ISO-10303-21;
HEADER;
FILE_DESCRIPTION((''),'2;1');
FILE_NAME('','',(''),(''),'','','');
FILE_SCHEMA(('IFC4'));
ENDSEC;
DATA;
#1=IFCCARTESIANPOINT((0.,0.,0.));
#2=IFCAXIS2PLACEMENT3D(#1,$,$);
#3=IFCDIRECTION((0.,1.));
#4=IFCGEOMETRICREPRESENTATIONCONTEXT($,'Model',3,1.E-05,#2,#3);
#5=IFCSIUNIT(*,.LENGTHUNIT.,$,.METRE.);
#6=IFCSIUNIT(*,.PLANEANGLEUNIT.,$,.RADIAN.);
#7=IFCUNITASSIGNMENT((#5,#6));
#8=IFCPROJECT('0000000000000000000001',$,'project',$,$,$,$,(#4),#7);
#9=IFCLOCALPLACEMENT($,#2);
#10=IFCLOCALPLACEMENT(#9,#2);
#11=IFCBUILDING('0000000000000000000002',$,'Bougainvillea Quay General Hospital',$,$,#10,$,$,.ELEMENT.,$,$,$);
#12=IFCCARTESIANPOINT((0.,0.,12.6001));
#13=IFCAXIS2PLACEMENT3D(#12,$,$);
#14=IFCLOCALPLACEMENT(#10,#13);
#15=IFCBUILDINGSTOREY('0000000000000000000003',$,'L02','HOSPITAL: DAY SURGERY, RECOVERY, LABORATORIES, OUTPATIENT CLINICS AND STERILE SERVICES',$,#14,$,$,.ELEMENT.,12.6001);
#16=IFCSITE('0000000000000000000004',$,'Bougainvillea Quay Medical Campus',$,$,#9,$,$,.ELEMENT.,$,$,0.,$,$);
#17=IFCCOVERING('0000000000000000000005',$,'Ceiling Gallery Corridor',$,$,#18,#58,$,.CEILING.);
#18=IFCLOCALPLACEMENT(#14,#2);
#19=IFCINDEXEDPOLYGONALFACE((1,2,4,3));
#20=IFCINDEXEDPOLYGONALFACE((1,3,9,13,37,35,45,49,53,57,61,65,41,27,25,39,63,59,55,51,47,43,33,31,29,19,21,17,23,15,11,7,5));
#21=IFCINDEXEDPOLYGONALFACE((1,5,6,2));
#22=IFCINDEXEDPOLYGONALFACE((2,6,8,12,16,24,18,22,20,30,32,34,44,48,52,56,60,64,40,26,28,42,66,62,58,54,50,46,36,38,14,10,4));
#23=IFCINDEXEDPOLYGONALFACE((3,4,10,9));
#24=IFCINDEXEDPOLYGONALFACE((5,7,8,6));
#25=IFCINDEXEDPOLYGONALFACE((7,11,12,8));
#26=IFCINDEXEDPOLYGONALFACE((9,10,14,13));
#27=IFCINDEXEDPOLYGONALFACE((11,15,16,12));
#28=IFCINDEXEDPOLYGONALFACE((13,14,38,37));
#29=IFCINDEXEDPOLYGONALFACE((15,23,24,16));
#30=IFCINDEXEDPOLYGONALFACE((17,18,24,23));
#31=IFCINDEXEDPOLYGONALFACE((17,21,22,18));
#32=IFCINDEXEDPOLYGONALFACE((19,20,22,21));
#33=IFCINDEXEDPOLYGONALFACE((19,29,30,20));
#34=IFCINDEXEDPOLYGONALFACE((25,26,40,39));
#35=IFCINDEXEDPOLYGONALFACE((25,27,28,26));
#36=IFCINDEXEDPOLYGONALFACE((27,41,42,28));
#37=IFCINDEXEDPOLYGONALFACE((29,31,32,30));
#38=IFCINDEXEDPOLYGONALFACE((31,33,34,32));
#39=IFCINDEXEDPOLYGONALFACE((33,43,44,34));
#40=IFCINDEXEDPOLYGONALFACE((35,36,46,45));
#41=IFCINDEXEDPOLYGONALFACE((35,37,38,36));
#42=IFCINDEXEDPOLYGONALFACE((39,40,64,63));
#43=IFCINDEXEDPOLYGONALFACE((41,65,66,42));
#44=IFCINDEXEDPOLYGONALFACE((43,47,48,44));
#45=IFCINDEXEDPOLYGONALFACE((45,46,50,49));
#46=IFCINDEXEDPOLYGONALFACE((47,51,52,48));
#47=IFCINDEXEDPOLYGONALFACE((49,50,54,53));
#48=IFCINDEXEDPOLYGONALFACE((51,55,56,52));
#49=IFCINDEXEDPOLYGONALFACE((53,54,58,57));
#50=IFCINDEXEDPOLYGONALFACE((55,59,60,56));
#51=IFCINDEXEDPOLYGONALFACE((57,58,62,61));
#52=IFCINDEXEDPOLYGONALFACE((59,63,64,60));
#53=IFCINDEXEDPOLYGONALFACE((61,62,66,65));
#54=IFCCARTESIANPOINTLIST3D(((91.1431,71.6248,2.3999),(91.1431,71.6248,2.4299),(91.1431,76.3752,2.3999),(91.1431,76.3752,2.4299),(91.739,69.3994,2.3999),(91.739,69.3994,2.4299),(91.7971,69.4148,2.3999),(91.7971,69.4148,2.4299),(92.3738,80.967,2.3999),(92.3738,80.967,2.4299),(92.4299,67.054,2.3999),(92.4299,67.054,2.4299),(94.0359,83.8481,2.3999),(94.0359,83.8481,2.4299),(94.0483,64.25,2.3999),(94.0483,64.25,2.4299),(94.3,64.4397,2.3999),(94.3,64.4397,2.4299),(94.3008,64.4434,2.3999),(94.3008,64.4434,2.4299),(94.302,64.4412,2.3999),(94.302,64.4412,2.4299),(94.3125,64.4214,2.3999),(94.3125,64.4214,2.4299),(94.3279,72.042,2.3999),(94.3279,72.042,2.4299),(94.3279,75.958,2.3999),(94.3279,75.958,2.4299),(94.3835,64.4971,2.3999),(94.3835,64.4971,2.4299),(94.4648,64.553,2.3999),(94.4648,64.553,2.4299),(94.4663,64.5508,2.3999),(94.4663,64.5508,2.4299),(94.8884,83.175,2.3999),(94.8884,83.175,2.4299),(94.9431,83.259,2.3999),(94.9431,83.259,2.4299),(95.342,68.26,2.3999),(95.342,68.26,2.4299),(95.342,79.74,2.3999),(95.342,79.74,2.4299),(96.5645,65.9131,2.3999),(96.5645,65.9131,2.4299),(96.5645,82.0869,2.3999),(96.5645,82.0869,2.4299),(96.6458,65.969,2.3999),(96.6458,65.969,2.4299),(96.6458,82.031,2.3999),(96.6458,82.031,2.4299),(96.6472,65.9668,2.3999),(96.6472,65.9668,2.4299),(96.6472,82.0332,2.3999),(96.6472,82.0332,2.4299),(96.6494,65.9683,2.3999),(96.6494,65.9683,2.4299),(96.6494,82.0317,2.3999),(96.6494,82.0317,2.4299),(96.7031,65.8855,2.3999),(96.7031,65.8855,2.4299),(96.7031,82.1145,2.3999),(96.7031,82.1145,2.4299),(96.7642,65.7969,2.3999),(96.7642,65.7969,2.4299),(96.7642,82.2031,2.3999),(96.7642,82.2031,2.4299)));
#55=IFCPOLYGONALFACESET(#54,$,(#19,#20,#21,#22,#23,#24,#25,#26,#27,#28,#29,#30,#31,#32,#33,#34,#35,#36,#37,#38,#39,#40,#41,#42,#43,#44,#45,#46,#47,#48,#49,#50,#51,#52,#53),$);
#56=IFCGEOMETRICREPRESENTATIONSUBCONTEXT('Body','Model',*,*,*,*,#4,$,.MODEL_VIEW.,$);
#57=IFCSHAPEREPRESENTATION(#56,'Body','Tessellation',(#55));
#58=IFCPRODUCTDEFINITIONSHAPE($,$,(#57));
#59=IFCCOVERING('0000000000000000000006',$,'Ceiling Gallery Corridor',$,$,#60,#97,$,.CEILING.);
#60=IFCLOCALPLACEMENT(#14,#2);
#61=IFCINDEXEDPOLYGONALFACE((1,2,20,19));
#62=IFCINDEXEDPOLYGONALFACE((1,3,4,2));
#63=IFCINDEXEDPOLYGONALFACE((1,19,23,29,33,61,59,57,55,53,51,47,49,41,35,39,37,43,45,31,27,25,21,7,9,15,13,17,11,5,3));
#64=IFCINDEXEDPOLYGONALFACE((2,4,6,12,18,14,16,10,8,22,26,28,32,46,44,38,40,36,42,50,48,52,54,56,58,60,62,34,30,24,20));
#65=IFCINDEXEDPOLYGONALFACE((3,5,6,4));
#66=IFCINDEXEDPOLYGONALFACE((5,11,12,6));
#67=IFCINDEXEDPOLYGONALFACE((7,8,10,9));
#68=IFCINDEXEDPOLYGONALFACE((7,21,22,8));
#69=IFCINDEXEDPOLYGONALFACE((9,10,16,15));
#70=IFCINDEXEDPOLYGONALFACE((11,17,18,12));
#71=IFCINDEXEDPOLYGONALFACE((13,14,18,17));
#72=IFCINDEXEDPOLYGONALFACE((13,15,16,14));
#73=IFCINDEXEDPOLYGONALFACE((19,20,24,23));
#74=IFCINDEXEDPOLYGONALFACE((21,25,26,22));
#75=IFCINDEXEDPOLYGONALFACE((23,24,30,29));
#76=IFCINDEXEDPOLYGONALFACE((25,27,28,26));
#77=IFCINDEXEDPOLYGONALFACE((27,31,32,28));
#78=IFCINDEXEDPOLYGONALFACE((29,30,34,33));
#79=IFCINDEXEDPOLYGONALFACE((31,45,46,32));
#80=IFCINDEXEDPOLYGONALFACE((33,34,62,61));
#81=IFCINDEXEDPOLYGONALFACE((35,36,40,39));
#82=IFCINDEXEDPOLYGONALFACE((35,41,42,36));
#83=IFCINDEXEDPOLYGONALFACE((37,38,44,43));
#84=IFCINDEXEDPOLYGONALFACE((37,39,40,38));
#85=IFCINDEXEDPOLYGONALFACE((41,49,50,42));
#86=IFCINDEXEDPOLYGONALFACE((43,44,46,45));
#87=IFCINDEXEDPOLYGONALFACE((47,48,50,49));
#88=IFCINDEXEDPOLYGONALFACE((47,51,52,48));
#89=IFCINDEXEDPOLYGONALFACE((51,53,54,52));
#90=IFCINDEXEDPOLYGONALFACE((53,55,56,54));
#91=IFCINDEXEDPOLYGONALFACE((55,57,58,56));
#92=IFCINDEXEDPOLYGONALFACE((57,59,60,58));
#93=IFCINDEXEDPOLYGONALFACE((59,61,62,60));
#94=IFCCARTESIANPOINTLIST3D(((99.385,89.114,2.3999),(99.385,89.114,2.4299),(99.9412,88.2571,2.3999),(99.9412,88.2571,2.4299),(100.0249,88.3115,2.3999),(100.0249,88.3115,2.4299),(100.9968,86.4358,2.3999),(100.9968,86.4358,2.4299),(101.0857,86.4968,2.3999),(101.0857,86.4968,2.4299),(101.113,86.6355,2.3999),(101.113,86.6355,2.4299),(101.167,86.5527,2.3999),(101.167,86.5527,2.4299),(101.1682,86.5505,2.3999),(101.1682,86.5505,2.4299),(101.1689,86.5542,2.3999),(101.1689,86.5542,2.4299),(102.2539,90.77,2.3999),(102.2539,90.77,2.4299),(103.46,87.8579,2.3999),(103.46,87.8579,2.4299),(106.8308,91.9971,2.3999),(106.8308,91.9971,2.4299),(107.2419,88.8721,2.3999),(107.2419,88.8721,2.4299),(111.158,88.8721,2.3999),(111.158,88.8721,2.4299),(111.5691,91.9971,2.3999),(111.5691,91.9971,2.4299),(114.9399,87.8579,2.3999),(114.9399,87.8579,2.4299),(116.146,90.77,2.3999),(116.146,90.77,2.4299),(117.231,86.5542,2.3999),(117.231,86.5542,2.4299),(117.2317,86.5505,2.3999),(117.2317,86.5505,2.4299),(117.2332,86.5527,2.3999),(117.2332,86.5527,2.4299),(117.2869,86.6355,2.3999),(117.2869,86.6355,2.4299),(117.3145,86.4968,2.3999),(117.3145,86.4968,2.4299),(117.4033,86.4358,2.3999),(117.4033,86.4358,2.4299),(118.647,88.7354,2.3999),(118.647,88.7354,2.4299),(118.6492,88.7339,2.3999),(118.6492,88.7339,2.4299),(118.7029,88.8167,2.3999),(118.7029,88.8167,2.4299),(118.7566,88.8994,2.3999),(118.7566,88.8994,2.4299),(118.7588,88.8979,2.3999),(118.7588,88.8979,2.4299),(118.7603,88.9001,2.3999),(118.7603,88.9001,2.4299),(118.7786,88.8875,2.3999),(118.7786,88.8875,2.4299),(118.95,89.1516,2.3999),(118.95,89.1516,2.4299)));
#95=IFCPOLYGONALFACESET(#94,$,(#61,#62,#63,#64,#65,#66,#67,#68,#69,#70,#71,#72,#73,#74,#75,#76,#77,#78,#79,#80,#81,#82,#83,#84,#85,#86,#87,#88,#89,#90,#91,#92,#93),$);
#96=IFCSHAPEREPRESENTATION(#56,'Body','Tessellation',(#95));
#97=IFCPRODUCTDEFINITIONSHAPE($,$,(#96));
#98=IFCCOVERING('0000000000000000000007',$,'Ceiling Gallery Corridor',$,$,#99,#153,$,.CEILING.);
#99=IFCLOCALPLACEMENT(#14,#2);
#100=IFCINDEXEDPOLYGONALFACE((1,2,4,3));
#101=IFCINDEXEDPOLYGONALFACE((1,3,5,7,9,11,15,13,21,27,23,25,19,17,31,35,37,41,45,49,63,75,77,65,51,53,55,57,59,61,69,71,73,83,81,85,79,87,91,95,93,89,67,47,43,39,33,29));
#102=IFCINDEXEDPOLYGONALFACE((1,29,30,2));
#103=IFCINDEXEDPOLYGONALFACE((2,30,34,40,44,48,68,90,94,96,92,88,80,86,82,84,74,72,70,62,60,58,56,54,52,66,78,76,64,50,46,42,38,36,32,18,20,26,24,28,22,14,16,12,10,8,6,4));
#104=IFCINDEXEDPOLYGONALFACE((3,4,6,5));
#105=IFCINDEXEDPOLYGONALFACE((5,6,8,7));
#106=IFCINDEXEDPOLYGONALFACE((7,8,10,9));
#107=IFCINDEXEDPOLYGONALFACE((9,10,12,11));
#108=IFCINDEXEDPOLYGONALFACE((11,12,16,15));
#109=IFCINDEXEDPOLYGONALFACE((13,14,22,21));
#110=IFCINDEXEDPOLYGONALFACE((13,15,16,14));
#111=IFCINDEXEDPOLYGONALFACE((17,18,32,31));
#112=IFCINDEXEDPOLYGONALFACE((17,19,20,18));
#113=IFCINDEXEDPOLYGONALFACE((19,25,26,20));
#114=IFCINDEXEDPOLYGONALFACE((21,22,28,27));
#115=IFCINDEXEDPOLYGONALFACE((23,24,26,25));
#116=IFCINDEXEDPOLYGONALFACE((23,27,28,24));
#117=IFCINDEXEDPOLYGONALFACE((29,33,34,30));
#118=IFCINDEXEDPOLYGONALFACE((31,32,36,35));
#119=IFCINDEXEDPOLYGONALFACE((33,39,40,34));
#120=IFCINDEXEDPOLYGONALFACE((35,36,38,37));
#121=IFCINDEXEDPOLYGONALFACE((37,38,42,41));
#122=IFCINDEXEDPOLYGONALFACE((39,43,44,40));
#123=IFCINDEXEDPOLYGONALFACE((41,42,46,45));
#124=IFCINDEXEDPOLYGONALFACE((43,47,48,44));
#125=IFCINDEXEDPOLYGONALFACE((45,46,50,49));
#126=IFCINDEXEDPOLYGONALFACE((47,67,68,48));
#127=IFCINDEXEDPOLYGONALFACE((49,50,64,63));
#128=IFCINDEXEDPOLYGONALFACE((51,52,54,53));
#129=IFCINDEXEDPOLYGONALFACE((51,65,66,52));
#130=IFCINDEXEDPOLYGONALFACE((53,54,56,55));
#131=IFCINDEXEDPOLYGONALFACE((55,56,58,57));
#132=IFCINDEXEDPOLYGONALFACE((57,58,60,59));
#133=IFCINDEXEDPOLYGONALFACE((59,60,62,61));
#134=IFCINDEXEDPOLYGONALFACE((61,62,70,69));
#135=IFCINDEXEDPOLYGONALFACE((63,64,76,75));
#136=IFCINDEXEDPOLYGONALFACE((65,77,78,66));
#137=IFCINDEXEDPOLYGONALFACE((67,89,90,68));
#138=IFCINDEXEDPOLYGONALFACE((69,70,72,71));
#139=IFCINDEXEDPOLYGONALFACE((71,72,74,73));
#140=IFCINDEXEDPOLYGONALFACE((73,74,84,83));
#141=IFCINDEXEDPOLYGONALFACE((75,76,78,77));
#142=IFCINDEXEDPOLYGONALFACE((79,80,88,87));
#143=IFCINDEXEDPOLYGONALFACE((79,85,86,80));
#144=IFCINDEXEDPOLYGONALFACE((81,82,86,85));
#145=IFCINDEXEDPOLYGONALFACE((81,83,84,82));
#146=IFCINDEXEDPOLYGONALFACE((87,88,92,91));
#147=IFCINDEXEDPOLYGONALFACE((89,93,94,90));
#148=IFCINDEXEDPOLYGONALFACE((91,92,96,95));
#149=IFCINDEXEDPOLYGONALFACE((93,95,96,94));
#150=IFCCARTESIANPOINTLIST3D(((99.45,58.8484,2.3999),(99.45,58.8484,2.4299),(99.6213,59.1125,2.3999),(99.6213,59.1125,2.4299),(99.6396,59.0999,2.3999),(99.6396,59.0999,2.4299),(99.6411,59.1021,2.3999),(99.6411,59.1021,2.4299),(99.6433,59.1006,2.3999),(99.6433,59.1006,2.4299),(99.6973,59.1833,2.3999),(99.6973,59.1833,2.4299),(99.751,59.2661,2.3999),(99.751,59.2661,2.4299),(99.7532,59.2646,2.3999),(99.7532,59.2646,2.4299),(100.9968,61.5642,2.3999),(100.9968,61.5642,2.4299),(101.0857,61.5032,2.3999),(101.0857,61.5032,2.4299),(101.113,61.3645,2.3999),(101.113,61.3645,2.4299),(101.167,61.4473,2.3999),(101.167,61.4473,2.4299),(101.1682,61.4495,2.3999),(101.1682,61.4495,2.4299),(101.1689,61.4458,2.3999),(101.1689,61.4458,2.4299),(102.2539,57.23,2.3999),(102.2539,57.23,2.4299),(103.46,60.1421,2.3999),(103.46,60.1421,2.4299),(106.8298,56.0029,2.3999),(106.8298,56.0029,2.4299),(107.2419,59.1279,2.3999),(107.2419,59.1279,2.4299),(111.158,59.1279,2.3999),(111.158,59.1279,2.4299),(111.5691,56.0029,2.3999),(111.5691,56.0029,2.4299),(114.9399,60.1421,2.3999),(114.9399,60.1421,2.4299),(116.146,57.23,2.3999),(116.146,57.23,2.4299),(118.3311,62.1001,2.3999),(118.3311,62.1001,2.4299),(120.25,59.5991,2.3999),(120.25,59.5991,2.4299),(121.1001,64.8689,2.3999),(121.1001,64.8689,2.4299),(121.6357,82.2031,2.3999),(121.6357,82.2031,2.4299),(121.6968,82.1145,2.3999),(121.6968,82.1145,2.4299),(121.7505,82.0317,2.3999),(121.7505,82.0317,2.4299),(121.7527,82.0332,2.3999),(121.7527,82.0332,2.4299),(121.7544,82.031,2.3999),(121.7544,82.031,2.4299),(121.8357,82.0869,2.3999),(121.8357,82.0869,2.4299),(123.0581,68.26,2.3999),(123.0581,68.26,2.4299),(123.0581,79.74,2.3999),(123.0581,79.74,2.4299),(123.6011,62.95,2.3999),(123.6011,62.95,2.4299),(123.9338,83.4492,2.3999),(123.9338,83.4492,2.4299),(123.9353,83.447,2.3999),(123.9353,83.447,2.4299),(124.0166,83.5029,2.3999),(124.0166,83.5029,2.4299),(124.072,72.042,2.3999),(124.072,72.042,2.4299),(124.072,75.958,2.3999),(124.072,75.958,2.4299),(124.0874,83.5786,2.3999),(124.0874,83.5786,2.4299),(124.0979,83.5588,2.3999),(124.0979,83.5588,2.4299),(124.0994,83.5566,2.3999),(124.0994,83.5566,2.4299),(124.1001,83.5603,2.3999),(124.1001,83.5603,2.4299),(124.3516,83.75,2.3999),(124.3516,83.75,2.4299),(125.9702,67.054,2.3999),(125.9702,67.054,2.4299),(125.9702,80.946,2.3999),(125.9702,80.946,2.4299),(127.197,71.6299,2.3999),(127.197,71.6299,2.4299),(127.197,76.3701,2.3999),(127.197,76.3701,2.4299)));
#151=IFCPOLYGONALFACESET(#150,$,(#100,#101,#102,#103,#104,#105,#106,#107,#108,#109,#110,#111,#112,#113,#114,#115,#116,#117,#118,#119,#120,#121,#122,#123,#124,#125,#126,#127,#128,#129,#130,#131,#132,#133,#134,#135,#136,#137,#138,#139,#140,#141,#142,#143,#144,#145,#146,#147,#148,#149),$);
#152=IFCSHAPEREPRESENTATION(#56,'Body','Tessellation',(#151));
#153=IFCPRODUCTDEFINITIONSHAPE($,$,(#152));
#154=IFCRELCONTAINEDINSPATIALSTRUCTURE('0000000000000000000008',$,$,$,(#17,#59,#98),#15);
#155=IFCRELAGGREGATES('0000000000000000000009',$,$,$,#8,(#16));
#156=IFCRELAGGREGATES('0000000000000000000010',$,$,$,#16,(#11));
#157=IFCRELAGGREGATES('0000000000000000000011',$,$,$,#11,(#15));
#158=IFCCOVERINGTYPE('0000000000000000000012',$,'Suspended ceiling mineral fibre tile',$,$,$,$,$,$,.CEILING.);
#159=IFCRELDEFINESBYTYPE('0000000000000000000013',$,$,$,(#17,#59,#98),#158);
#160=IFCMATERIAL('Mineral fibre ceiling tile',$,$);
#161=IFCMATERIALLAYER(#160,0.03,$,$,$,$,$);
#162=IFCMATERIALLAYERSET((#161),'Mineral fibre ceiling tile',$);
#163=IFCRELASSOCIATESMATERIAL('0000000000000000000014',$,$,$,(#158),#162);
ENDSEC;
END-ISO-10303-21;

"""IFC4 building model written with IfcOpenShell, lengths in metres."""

from ifc_helpers import new_model, si_unit, direction, frame, origin, place, context, subcontext, project, spatial, polyline, outline, extrude, material, layer, layer_set, type_object, element, save


model = new_model("IFC4")

# Units and contexts
model_context = context("Model", 3, precision=1e-05, world=origin(), true_north=direction((0.0, 1.0)))
body_context = subcontext(model_context, "Body", "Model", "MODEL_VIEW")
ifc_project = project(units=[si_unit("LENGTHUNIT", "METRE"), si_unit("PLANEANGLEUNIT", "RADIAN")], contexts=[model_context])

# Site, building, storey
site_placement = place(None, origin())
site = spatial("IfcSite", under=ifc_project, at=site_placement, Name="Bougainvillea Quay Medical Campus", CompositionType="ELEMENT", RefElevation=0.0)
building_placement = place(site_placement, origin())
building = spatial("IfcBuilding", under=site, at=building_placement, Name="Bougainvillea Quay General Hospital", CompositionType="ELEMENT")
storey_placement = place(building_placement, frame((0.0, 0.0, 12.6001)))
storey = spatial("IfcBuildingStorey", under=building, at=storey_placement, Name="L02", Description="HOSPITAL: DAY SURGERY, RECOVERY, LABORATORIES, OUTPATIENT CLINICS AND STERILE SERVICES", CompositionType="ELEMENT", Elevation=12.6001)

# Coverings
ifc_material_1 = material(Name="Mineral fibre ceiling tile")
ifc_layer_1 = layer(ifc_material_1, 0.03)
ifc_layer_set_1 = layer_set([ifc_layer_1], Name="Mineral fibre ceiling tile")
covering_type = type_object("IfcCoveringType", Name="Suspended ceiling mineral fibre tile", PredefinedType="CEILING", material=ifc_layer_set_1)
covering_1_placement = place(storey_placement, frame((0.0, 0.0, 2.3999)))
element("IfcCovering", 1, at=covering_1_placement, inside=storey, type_object=covering_type, Name="Ceiling Gallery Corridor", PredefinedType="CEILING", context=body_context, shape_type="SweptSolid", body=[
    extrude(outline(polyline([(94.0359, 83.8481), (92.3738, 80.967), (91.1431, 76.3752), (91.1431, 71.6248), (91.739, 69.3994), (91.7971, 69.4148), (92.4299, 67.054), (94.0483, 64.25), (94.3125, 64.4214), (94.3, 64.4397), (94.302, 64.4412), (94.3008, 64.4434), (94.3835, 64.4971), (94.4648, 64.553), (94.4663, 64.5508), (96.5645, 65.9131), (96.6458, 65.969), (96.6472, 65.9668), (96.6494, 65.9683), (96.7031, 65.8855), (96.7642, 65.7969), (95.342, 68.26), (94.3279, 72.042), (94.3279, 75.958), (95.342, 79.74), (96.7642, 82.2031), (96.7031, 82.1145), (96.6494, 82.0317), (96.6472, 82.0332), (96.6458, 82.031), (96.5645, 82.0869), (94.8884, 83.175), (94.9431, 83.259), (94.0359, 83.8481)])), origin(), (0.0, 0.0, 1.0), 0.03),
])
covering_2_placement = place(storey_placement, frame((0.0, 0.0, 2.3999)))
element("IfcCovering", 2, at=covering_2_placement, inside=storey, type_object=covering_type, Name="Ceiling Gallery Corridor", PredefinedType="CEILING", context=body_context, shape_type="SweptSolid", body=[
    extrude(outline(polyline([(117.4033, 86.4358), (117.3145, 86.4968), (117.2317, 86.5505), (117.2332, 86.5527), (117.231, 86.5542), (117.2869, 86.6355), (118.6492, 88.7339), (118.647, 88.7354), (118.7029, 88.8167), (118.7566, 88.8994), (118.7588, 88.8979), (118.7603, 88.9001), (118.7786, 88.8875), (118.95, 89.1516), (116.146, 90.77), (111.5691, 91.9971), (106.8308, 91.9971), (102.2539, 90.77), (99.385, 89.114), (99.9412, 88.2571), (100.0249, 88.3115), (101.113, 86.6355), (101.1689, 86.5542), (101.167, 86.5527), (101.1682, 86.5505), (101.0857, 86.4968), (100.9968, 86.4358), (103.46, 87.8579), (107.2419, 88.8721), (111.158, 88.8721), (114.9399, 87.8579), (117.4033, 86.4358)])), origin(), (0.0, 0.0, 1.0), 0.03),
])
covering_3_placement = place(storey_placement, frame((0.0, 0.0, 2.3999)))
element("IfcCovering", 3, at=covering_3_placement, inside=storey, type_object=covering_type, Name="Ceiling Gallery Corridor", PredefinedType="CEILING", context=body_context, shape_type="SweptSolid", body=[
    extrude(outline(polyline([(100.9968, 61.5642), (101.0857, 61.5032), (101.1682, 61.4495), (101.167, 61.4473), (101.1689, 61.4458), (101.113, 61.3645), (99.751, 59.2661), (99.7532, 59.2646), (99.6973, 59.1833), (99.6433, 59.1006), (99.6411, 59.1021), (99.6396, 59.0999), (99.6213, 59.1125), (99.45, 58.8484), (102.2539, 57.23), (106.8298, 56.0029), (111.5691, 56.0029), (116.146, 57.23), (120.25, 59.5991), (123.6011, 62.95), (125.9702, 67.054), (127.197, 71.6299), (127.197, 76.3701), (125.9702, 80.946), (124.3516, 83.75), (124.0874, 83.5786), (124.1001, 83.5603), (124.0979, 83.5588), (124.0994, 83.5566), (124.0166, 83.5029), (123.9353, 83.447), (123.9338, 83.4492), (121.8357, 82.0869), (121.7544, 82.031), (121.7527, 82.0332), (121.7505, 82.0317), (121.6968, 82.1145), (121.6357, 82.2031), (123.0581, 79.74), (124.072, 75.958), (124.072, 72.042), (123.0581, 68.26), (121.1001, 64.8689), (118.3311, 62.1001), (114.9399, 60.1421), (111.158, 59.1279), (107.2419, 59.1279), (103.46, 60.1421), (100.9968, 61.5642)])), origin(), (0.0, 0.0, 1.0), 0.03),
])

save(model, "model.ifc")
